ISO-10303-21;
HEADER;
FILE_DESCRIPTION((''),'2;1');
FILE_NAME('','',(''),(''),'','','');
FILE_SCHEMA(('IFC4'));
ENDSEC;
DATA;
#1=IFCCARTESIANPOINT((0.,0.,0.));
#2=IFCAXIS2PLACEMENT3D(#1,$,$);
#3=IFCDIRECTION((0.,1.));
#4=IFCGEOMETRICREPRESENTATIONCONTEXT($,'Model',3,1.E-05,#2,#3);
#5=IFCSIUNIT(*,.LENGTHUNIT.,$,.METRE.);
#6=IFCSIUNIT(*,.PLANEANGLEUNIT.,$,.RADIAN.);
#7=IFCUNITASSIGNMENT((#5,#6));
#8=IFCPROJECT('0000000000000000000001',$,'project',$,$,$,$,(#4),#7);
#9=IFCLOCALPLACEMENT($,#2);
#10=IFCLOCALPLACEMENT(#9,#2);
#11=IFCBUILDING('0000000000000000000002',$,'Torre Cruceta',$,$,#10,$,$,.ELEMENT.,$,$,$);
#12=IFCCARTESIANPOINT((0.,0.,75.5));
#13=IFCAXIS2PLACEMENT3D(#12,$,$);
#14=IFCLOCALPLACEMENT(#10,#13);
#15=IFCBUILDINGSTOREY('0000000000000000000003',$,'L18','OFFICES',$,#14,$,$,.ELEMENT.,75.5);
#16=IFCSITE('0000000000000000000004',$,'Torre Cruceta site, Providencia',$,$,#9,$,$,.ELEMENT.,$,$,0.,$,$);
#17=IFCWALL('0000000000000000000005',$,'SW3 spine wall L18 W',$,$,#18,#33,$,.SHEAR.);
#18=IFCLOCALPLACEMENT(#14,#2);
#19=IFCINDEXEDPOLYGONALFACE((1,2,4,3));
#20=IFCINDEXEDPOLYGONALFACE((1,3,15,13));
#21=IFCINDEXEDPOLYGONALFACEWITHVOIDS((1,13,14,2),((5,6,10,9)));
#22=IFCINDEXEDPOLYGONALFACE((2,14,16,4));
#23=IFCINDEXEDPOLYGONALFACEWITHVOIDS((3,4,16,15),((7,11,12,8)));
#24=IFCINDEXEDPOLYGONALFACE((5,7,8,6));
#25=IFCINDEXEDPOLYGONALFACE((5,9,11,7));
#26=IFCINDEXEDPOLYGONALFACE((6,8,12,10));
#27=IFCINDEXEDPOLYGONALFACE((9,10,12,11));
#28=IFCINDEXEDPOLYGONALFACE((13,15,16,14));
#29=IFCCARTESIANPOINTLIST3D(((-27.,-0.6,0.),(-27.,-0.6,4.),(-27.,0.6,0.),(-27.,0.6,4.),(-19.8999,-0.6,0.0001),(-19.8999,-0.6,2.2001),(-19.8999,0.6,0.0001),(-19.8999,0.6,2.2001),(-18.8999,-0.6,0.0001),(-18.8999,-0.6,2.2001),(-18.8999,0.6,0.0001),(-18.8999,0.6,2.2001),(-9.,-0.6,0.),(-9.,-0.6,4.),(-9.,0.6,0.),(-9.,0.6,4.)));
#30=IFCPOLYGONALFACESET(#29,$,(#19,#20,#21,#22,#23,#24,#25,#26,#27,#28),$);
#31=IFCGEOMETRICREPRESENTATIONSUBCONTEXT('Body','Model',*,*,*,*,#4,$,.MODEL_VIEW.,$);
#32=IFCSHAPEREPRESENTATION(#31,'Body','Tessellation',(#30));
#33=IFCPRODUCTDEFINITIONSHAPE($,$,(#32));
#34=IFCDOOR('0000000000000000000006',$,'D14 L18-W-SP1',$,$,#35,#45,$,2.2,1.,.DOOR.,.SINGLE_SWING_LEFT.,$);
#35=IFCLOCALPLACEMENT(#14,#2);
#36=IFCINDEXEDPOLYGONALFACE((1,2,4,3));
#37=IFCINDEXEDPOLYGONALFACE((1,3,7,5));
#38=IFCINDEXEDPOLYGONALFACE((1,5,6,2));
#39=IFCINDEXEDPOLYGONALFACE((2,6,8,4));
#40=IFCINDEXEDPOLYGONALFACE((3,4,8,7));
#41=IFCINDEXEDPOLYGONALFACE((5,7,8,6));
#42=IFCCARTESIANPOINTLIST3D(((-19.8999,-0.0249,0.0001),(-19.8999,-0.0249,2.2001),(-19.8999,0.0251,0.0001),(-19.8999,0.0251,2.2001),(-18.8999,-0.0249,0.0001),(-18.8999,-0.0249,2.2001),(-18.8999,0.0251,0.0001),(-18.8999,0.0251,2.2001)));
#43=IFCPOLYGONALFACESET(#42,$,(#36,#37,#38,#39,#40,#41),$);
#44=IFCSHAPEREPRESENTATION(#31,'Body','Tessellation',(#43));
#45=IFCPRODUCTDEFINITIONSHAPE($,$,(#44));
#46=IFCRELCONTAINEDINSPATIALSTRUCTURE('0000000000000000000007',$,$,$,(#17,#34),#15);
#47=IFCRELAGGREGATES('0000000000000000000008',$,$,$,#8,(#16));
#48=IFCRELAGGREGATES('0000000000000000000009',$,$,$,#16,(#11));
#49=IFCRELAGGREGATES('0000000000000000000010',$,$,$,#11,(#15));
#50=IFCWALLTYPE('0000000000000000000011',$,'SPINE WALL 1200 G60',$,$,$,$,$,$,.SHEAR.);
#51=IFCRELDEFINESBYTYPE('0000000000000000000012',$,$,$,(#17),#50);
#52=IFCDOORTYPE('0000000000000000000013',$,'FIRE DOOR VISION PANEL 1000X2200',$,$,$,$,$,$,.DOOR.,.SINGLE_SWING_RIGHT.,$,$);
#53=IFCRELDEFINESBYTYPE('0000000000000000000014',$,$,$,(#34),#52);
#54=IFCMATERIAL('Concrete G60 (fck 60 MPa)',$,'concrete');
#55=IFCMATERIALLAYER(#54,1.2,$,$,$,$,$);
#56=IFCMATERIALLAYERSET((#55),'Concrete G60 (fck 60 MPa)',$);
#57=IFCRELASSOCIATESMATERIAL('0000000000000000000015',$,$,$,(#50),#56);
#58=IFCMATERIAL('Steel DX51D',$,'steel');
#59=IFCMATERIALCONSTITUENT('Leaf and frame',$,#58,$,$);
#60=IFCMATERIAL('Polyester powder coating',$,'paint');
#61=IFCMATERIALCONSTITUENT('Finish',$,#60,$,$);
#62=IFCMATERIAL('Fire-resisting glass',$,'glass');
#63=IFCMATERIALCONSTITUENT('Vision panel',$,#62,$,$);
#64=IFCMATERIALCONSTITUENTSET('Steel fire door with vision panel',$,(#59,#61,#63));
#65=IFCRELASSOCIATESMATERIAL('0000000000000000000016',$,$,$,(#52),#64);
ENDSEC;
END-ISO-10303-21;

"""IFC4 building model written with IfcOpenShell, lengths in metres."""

from ifc_helpers import new_model, si_unit, direction, frame, frame_2d, origin, place, context, subcontext, project, spatial, rectangle, extrude, material, layer, layer_set, constituent, constituent_set, type_object, element, fill, save


model = new_model("IFC4")

# Units and contexts
model_context = context("Model", 3, precision=1e-05, world=origin(), true_north=direction((0.0, 1.0)))
body_context = subcontext(model_context, "Body", "Model", "MODEL_VIEW")
ifc_project = project(units=[si_unit("LENGTHUNIT", "METRE"), si_unit("PLANEANGLEUNIT", "RADIAN")], contexts=[model_context])

# Site, building, storey
site_placement = place(None, origin())
site = spatial("IfcSite", under=ifc_project, at=site_placement, Name="Torre Cruceta site, Providencia", CompositionType="ELEMENT", RefElevation=0.0)
building_placement = place(site_placement, origin())
building = spatial("IfcBuilding", under=site, at=building_placement, Name="Torre Cruceta", CompositionType="ELEMENT")
storey_placement = place(building_placement, frame((0.0, 0.0, 75.5)))
storey = spatial("IfcBuildingStorey", under=building, at=storey_placement, Name="L18", Description="OFFICES", CompositionType="ELEMENT", Elevation=75.5)

# Wall, opening, door
ifc_material_1 = material(Name="Concrete G60 (fck 60 MPa)", Category="concrete")
ifc_layer_1 = layer(ifc_material_1, 1.2)
ifc_layer_set_1 = layer_set([ifc_layer_1], Name="Concrete G60 (fck 60 MPa)")
wall_type_1 = type_object("IfcWallType", Name="SPINE WALL 1200 G60", PredefinedType="SHEAR", material=ifc_layer_set_1)
ifc_material_2 = material(Name="Steel DX51D", Category="steel")
ifc_constituent_1 = constituent(ifc_material_2, Name="Leaf and frame")
ifc_material_3 = material(Name="Polyester powder coating", Category="paint")
ifc_constituent_2 = constituent(ifc_material_3, Name="Finish")
ifc_material_4 = material(Name="Fire-resisting glass", Category="glass")
ifc_constituent_3 = constituent(ifc_material_4, Name="Vision panel")
ifc_constituent_set_1 = constituent_set(constituents=[ifc_constituent_1, ifc_constituent_2, ifc_constituent_3], Name="Steel fire door with vision panel")
door_type_1 = type_object("IfcDoorType", Name="FIRE DOOR VISION PANEL 1000X2200", OperationType="SINGLE_SWING_RIGHT", PredefinedType="DOOR", material=ifc_constituent_set_1)
wall_1_placement = place(storey_placement, frame((-9.0, 0.0, 0.0), z_axis=(0.0, 0.0, 1.0), x_axis=(-1.0, 0.0, 0.0)))
wall_1 = element("IfcWall", 1, at=wall_1_placement, inside=storey, type_object=wall_type_1, Name="SW3 spine wall L18 W", PredefinedType="SHEAR", context=body_context, shape_type="SweptSolid", body=[
    extrude(rectangle(XDim=18.0, YDim=1.2, at=frame_2d((9.0, 0.0))), origin(), (0.0, 0.0, 1.0), 4.0),
])
opening_1_placement = place(wall_1_placement, frame((9.8999, 0.0, 0.0)))
opening_1 = element("IfcOpeningElement", 2, at=opening_1_placement, cuts=wall_1, PredefinedType="OPENING", context=body_context, shape_type="SweptSolid", body=[
    extrude(rectangle(XDim=1.0, YDim=2.2, at=frame_2d((0.5, 1.1001))), frame((0.0, 0.6099, 0.0), z_axis=(0.0, -1.0, 0.0), x_axis=(1.0, 0.0, 0.0)), (0.0, 0.0, 1.0), 1.22),
])
door_1_placement = place(opening_1_placement, frame((1.0, 0.0, 0.0), z_axis=(0.0, 0.0, 1.0), x_axis=(-1.0, 0.0, 0.0)))
door_1 = element("IfcDoor", 3, at=door_1_placement, inside=storey, type_object=door_type_1, Name="D14 L18-W-SP1", OperationType="SINGLE_SWING_LEFT", OverallHeight=2.2, OverallWidth=1.0, PredefinedType="DOOR", context=body_context, shape_type="SweptSolid", body=[
    extrude(rectangle(XDim=1.0, YDim=2.2, at=frame_2d((0.5, 1.1001))), frame((0.0, 0.0251, 0.0), z_axis=(0.0, -1.0, 0.0), x_axis=(1.0, 0.0, 0.0)), (0.0, 0.0, 1.0), 0.05),
])
fill(opening_1, door_1)

save(model, "model.ifc")
